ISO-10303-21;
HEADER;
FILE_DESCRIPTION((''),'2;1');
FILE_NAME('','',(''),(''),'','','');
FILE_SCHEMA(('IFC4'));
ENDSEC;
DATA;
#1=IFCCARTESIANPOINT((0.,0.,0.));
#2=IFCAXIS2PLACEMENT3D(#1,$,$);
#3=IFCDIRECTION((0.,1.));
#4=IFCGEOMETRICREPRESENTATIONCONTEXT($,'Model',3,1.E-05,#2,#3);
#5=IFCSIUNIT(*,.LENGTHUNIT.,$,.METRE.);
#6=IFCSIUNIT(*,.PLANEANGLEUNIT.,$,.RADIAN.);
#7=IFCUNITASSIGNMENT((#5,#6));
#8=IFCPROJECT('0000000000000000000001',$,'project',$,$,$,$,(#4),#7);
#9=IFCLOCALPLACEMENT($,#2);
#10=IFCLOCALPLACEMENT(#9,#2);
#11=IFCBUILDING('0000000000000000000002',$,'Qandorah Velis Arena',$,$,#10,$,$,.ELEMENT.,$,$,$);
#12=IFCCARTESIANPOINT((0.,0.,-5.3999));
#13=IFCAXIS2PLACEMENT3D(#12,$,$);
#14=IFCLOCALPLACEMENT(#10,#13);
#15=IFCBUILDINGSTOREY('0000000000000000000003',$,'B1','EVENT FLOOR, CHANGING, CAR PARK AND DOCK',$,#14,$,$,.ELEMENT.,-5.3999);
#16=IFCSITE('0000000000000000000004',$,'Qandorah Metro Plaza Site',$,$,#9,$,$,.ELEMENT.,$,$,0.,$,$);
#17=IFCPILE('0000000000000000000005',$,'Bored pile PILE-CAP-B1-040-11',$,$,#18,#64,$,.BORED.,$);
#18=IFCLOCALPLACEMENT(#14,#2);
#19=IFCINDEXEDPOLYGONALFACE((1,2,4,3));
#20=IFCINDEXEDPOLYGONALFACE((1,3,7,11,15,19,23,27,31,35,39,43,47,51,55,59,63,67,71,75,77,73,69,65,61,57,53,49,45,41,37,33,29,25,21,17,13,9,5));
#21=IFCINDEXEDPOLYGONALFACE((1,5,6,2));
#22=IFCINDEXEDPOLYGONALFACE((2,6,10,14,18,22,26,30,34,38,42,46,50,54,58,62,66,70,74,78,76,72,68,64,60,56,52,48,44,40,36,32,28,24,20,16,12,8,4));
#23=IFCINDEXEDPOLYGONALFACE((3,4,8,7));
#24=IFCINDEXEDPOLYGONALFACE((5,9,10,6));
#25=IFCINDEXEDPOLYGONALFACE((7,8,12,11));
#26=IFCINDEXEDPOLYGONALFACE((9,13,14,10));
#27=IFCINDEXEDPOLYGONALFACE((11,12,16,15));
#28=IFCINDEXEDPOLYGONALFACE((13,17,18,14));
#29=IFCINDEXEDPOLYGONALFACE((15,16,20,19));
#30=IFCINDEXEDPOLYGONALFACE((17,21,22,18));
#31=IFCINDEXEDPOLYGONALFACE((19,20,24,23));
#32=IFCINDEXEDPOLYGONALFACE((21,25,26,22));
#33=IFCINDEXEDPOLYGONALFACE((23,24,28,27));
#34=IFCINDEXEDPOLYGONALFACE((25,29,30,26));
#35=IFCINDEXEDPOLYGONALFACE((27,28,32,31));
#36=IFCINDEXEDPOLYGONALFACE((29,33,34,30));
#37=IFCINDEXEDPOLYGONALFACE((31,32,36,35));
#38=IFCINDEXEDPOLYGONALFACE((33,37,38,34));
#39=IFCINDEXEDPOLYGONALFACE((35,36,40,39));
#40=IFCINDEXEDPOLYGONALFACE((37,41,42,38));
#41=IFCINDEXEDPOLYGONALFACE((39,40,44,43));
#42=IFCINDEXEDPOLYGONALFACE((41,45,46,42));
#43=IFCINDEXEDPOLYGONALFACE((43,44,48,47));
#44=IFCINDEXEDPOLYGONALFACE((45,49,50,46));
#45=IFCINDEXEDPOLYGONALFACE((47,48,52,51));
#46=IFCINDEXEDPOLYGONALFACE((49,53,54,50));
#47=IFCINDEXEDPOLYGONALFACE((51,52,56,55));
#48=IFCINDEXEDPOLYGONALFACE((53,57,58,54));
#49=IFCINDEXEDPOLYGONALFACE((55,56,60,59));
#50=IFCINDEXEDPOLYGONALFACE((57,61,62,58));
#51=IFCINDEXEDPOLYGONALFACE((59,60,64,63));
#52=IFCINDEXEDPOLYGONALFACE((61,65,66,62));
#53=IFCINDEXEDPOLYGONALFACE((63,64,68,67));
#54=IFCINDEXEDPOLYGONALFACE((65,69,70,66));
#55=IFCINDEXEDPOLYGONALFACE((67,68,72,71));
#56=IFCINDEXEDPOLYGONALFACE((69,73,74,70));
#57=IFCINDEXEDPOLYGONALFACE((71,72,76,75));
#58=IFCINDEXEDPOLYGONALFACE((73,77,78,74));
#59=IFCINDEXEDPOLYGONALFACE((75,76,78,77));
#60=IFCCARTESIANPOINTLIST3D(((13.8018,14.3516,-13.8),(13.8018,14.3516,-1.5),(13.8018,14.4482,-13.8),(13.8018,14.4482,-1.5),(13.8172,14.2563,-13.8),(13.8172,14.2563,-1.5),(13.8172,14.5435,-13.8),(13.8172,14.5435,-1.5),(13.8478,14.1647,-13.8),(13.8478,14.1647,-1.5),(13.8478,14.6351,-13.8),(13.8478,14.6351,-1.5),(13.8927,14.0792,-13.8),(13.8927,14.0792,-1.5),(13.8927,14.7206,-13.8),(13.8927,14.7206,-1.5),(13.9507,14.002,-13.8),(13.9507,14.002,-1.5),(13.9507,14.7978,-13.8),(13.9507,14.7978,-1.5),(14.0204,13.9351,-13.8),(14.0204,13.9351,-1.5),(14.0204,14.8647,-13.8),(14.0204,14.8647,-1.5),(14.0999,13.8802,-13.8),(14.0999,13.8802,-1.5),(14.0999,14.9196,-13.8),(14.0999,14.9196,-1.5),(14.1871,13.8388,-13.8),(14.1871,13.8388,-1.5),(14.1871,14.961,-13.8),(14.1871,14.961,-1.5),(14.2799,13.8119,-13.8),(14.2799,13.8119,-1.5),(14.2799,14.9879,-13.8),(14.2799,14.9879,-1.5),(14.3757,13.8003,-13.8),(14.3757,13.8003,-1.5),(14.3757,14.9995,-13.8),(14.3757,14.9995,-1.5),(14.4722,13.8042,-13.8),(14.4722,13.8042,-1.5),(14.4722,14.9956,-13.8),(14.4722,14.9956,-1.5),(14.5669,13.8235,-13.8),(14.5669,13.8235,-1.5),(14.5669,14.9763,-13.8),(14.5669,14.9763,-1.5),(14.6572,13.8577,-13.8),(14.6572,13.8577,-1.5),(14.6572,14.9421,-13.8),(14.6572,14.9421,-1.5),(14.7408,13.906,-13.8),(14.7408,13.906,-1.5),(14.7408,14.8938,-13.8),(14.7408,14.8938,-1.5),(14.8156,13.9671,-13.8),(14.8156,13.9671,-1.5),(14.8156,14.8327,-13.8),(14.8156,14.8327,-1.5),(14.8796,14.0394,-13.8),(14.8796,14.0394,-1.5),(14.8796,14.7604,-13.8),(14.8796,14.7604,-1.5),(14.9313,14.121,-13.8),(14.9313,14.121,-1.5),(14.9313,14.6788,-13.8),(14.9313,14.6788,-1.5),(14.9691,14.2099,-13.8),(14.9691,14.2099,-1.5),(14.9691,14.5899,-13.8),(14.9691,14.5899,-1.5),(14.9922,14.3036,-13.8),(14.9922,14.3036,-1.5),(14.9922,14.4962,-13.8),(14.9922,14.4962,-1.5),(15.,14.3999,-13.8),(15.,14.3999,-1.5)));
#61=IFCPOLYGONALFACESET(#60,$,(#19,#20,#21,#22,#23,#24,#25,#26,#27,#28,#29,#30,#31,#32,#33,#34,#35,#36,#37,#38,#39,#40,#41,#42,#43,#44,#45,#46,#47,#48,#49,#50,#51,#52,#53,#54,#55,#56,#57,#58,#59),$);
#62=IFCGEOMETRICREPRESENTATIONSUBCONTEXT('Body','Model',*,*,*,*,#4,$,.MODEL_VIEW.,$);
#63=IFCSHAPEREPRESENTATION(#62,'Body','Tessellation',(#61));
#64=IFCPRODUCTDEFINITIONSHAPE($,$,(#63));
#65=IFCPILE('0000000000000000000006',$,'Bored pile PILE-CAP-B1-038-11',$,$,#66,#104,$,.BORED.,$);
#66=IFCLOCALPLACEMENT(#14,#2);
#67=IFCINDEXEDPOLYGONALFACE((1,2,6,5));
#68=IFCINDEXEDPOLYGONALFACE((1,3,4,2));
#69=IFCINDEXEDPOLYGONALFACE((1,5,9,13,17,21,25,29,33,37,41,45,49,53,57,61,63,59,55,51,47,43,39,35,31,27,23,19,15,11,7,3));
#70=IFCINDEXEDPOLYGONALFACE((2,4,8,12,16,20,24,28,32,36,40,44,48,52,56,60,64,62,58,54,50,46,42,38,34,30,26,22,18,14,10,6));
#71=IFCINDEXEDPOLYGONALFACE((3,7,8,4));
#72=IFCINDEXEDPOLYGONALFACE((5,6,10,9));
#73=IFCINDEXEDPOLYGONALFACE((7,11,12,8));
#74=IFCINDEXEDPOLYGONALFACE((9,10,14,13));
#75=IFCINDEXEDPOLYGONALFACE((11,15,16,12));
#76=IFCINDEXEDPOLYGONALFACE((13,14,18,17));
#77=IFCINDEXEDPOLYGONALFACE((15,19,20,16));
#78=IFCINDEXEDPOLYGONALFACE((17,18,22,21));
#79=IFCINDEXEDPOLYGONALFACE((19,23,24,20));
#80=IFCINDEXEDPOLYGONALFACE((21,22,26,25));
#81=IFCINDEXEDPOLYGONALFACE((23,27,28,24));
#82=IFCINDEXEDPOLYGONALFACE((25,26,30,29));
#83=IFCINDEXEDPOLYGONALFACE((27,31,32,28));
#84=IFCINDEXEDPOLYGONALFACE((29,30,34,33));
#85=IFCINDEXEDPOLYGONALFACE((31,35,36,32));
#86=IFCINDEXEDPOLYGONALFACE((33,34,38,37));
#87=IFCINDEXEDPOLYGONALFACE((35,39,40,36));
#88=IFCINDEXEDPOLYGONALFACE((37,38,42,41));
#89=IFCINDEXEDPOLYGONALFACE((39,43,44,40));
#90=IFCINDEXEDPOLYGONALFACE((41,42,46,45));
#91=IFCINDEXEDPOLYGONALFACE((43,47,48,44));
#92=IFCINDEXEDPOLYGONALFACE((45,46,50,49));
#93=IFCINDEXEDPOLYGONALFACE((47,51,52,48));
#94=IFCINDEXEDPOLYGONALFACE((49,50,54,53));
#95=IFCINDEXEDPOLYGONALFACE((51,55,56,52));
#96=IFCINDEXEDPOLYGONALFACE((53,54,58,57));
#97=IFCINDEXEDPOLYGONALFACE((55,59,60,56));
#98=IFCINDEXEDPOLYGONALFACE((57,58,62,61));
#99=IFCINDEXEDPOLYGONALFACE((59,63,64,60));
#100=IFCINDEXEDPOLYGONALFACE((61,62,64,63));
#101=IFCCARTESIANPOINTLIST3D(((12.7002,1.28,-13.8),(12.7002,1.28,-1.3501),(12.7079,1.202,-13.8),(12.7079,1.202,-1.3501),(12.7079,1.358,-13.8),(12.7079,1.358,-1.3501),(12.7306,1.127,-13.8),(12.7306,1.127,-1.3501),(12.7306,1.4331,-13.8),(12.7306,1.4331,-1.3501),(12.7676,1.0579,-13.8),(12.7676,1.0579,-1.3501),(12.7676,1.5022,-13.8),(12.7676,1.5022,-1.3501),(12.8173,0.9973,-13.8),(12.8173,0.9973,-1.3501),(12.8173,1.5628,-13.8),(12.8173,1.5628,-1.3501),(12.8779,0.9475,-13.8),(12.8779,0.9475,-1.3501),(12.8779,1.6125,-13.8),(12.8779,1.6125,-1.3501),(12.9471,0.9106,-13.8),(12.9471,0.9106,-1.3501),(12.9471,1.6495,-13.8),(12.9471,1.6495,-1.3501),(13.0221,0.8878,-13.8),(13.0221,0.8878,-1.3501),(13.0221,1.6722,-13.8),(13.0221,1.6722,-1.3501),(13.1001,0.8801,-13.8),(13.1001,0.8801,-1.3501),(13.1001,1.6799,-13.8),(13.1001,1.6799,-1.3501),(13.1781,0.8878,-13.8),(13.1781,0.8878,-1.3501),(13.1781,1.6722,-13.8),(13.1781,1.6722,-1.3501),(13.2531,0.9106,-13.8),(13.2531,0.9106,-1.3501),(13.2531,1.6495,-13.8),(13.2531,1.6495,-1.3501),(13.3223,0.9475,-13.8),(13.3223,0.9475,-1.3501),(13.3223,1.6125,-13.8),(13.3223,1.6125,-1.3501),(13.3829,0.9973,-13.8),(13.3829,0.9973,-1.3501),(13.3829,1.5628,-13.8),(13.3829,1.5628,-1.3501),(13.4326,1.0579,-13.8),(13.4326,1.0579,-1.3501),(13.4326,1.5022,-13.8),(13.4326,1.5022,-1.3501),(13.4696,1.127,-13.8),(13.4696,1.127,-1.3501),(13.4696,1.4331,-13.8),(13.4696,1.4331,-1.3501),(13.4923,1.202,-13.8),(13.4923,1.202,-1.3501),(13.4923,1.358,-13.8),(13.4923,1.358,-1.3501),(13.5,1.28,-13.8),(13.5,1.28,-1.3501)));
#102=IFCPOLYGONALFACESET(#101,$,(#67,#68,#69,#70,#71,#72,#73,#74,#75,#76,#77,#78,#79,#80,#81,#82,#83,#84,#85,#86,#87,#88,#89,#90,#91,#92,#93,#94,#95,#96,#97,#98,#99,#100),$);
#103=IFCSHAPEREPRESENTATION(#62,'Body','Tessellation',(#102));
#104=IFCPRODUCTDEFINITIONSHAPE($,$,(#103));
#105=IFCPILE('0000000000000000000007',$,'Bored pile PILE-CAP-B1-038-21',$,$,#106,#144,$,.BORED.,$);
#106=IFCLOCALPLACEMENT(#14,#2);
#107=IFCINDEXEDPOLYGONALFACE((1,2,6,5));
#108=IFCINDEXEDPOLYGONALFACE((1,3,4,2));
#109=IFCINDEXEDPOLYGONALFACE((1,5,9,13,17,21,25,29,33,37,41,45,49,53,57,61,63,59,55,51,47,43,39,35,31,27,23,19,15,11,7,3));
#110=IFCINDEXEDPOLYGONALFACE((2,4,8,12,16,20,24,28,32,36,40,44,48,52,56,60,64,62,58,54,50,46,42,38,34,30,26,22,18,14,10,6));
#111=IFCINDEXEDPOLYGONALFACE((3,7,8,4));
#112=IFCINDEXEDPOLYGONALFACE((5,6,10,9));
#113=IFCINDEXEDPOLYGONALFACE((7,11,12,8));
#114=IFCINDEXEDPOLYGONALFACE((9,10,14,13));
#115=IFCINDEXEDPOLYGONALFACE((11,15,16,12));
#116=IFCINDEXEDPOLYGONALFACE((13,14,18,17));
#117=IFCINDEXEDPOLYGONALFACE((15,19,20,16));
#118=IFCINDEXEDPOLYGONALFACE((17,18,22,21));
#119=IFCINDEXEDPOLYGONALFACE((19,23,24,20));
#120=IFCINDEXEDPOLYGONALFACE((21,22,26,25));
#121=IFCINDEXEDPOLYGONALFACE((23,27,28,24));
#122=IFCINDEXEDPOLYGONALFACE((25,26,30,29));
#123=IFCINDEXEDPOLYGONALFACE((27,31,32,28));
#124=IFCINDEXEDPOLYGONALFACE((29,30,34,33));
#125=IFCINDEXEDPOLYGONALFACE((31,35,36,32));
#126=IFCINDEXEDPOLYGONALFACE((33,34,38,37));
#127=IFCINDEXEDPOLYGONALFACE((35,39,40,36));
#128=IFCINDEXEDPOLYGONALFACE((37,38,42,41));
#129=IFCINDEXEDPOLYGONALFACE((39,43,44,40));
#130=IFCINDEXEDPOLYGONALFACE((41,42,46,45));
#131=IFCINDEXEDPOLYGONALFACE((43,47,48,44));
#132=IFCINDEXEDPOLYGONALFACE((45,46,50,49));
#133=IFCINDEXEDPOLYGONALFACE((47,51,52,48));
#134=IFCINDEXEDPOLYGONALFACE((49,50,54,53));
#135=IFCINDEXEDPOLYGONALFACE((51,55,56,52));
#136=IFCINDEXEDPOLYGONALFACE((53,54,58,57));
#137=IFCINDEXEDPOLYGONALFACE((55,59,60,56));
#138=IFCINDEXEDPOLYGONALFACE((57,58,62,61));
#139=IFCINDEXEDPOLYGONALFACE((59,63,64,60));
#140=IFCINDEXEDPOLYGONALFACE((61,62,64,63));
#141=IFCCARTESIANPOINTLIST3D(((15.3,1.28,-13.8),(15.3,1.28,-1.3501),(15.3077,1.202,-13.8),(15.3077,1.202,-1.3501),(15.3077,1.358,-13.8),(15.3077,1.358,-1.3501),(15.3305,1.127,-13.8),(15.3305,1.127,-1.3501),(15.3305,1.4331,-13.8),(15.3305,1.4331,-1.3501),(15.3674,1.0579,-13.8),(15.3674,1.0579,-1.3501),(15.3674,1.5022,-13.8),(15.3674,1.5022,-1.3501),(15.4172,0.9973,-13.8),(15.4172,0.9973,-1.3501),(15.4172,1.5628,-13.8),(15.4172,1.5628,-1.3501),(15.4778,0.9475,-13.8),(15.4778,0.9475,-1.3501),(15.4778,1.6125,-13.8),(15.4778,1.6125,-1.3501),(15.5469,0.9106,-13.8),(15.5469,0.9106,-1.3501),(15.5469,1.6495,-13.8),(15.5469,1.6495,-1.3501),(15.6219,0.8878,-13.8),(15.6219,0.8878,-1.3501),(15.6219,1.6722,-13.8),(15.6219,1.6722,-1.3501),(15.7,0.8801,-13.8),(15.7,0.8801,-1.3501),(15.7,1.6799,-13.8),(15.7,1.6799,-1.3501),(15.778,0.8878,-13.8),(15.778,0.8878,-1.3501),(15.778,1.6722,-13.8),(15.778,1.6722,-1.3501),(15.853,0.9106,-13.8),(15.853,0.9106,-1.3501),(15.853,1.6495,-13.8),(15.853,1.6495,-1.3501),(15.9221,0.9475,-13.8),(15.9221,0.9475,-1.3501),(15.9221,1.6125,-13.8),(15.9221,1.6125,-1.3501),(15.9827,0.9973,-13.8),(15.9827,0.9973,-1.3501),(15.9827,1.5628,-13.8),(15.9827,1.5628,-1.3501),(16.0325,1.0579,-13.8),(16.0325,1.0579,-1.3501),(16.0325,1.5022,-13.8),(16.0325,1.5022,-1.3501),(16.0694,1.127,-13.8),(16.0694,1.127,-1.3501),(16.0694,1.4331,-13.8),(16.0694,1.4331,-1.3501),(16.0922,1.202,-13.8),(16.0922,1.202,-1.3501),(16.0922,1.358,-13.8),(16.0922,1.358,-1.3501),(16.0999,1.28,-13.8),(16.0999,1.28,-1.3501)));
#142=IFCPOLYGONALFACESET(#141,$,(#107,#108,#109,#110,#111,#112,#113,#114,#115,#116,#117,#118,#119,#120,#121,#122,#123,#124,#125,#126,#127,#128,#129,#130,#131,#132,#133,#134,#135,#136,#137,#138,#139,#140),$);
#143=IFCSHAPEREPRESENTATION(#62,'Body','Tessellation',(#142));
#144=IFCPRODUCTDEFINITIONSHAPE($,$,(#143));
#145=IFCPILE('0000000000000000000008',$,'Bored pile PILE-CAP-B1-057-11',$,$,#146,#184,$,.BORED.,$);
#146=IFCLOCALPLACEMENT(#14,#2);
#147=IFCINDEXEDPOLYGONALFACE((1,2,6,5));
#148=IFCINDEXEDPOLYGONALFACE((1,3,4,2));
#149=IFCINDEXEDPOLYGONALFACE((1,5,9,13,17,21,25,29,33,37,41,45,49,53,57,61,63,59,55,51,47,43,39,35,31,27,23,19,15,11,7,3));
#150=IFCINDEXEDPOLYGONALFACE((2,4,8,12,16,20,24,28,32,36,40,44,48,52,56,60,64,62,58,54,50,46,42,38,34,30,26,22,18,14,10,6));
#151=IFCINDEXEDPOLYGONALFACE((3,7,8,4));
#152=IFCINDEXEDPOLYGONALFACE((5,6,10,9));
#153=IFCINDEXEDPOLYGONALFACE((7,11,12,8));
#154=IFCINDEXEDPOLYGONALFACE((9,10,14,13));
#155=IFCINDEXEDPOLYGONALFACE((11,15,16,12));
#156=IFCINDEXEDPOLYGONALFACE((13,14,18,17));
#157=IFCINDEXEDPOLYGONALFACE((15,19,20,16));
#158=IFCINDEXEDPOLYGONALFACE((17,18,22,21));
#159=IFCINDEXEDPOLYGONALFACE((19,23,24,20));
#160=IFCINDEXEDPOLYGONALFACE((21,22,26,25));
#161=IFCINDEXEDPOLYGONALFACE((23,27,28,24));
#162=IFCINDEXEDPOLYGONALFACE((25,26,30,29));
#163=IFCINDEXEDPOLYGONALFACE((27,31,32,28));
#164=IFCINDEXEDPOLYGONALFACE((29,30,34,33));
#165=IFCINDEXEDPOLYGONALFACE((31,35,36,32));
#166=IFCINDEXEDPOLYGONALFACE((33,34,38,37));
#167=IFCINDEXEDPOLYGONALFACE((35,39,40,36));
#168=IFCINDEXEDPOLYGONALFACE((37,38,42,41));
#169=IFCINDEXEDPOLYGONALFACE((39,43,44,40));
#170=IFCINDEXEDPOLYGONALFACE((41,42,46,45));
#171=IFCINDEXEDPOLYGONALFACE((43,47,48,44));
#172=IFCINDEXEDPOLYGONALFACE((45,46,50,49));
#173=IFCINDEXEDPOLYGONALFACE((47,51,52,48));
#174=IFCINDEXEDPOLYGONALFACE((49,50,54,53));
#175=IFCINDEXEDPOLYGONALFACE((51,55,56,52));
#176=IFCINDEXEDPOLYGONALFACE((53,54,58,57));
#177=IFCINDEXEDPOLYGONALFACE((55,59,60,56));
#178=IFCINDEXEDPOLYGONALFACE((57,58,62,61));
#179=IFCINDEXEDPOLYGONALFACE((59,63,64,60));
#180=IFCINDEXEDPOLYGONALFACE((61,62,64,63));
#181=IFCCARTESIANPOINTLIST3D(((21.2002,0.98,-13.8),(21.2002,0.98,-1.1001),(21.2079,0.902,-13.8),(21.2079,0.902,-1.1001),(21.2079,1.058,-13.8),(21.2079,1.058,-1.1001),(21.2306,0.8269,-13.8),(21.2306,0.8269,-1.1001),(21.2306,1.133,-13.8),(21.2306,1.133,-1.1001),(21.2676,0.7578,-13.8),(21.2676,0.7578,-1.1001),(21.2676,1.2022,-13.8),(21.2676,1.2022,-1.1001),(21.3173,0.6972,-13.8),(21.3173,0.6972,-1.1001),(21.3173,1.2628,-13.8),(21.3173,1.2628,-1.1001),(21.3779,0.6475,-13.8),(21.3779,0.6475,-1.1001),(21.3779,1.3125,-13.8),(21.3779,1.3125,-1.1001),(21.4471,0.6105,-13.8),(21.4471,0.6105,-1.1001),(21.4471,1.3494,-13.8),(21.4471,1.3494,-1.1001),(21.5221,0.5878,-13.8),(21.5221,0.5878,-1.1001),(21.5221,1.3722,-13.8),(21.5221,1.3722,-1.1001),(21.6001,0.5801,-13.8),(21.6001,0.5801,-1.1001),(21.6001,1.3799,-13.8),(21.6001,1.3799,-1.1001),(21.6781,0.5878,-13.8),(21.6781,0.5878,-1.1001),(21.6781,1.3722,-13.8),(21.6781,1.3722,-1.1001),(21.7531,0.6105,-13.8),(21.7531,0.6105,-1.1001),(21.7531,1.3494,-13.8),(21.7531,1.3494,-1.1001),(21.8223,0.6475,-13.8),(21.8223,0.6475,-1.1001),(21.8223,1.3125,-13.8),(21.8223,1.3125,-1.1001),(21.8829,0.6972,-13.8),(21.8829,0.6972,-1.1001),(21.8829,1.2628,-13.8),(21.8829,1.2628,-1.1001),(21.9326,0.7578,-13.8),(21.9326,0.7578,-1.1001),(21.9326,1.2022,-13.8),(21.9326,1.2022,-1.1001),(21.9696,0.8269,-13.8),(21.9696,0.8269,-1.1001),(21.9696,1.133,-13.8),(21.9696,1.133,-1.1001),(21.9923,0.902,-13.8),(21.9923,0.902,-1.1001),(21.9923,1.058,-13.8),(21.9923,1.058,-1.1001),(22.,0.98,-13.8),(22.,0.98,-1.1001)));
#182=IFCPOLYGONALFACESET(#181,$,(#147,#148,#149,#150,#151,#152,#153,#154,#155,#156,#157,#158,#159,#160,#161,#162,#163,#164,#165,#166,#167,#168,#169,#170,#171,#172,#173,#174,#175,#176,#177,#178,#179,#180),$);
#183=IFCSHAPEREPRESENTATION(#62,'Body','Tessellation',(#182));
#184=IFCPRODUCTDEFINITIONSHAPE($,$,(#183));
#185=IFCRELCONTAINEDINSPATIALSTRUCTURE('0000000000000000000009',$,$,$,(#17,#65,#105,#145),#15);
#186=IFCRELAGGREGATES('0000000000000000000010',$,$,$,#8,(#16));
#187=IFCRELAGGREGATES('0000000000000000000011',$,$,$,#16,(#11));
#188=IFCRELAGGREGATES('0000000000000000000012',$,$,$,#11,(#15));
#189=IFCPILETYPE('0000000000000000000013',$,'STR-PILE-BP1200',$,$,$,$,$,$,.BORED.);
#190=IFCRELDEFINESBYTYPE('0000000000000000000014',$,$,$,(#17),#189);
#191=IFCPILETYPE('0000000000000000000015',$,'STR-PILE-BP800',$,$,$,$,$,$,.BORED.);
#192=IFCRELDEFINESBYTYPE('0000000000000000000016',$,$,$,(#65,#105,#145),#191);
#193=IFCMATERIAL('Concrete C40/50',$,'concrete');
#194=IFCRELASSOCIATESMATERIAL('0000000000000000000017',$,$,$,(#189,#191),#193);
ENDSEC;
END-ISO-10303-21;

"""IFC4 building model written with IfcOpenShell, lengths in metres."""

from ifc_helpers import new_model, si_unit, direction, frame, origin, origin_2d, place, context, subcontext, project, spatial, circle, extrude, material, material_profile, profile_set, type_object, element, save


model = new_model("IFC4")

# Units and contexts
model_context = context("Model", 3, precision=1e-05, world=origin(), true_north=direction((0.0, 1.0)))
body_context = subcontext(model_context, "Body", "Model", "MODEL_VIEW")
ifc_project = project(units=[si_unit("LENGTHUNIT", "METRE"), si_unit("PLANEANGLEUNIT", "RADIAN")], contexts=[model_context])

# Site, building, storey
site_placement = place(None, origin())
site = spatial("IfcSite", under=ifc_project, at=site_placement, Name="Qandorah Metro Plaza Site", CompositionType="ELEMENT", RefElevation=0.0)
building_placement = place(site_placement, origin())
building = spatial("IfcBuilding", under=site, at=building_placement, Name="Qandorah Velis Arena", CompositionType="ELEMENT")
storey_placement = place(building_placement, frame((0.0, 0.0, -5.3999)))
storey = spatial("IfcBuildingStorey", under=building, at=storey_placement, Name="B1", Description="EVENT FLOOR, CHANGING, CAR PARK AND DOCK", CompositionType="ELEMENT", Elevation=-5.3999)

# Shared definitions
ifc_material = material(Name="Concrete C40/50", Category="concrete")

# Piles
ifc_material_profile_1 = material_profile(ifc_material, circle(Radius=0.6001, at=origin_2d()), Name="BORED PILE D1200")
ifc_profile_set_1 = profile_set([ifc_material_profile_1], Name="Concrete C40/50")
pile_type_1 = type_object("IfcPileType", Name="STR-PILE-BP1200", PredefinedType="BORED", material=ifc_profile_set_1)
pile_1_placement = place(storey_placement, frame((14.3999, 14.3999, -1.5), z_axis=(0.0, 0.0, -1.0), x_axis=(1.0, 0.0, 0.0)))
element("IfcPile", 1, at=pile_1_placement, inside=storey, type_object=pile_type_1, Name="Bored pile PILE-CAP-B1-040-11", PredefinedType="BORED", context=body_context, shape_type="SweptSolid", body=[
    extrude(circle(Radius=0.6001, at=origin_2d()), origin(), (0.0, 0.0, 1.0), 12.3),
])
ifc_material_profile_2 = material_profile(ifc_material, circle(Radius=0.3999, at=origin_2d()), Name="BORED PILE D800")
ifc_profile_set_2 = profile_set([ifc_material_profile_2], Name="Concrete C40/50")
pile_type_2 = type_object("IfcPileType", Name="STR-PILE-BP800", PredefinedType="BORED", material=ifc_profile_set_2)
for number, where, z_axis, x_axis, name in (
    (2, (13.1001, 1.28, -1.3501), (0.0, 0.0, -1.0), (1.0, 0.0, 0.0), "Bored pile PILE-CAP-B1-038-11"),
    (3, (15.7, 1.28, -1.3501), (0.0, 0.0, -1.0), (1.0, 0.0, 0.0), "Bored pile PILE-CAP-B1-038-21"),
):
    element("IfcPile", number, at=place(storey_placement, frame(where, z_axis=z_axis, x_axis=x_axis)), inside=storey, type_object=pile_type_2, Name=name, PredefinedType="BORED", context=body_context, shape_type="SweptSolid", body=[
        extrude(circle(Radius=0.3999, at=origin_2d()), origin(), (0.0, 0.0, 1.0), 12.45),
    ])
pile_2_placement = place(storey_placement, frame((21.6001, 0.98, -1.1001), z_axis=(0.0, 0.0, -1.0), x_axis=(1.0, 0.0, 0.0)))
element("IfcPile", 4, at=pile_2_placement, inside=storey, type_object=pile_type_2, Name="Bored pile PILE-CAP-B1-057-11", PredefinedType="BORED", context=body_context, shape_type="SweptSolid", body=[
    extrude(circle(Radius=0.3999, at=origin_2d()), origin(), (0.0, 0.0, 1.0), 12.7),
])

save(model, "model.ifc")
